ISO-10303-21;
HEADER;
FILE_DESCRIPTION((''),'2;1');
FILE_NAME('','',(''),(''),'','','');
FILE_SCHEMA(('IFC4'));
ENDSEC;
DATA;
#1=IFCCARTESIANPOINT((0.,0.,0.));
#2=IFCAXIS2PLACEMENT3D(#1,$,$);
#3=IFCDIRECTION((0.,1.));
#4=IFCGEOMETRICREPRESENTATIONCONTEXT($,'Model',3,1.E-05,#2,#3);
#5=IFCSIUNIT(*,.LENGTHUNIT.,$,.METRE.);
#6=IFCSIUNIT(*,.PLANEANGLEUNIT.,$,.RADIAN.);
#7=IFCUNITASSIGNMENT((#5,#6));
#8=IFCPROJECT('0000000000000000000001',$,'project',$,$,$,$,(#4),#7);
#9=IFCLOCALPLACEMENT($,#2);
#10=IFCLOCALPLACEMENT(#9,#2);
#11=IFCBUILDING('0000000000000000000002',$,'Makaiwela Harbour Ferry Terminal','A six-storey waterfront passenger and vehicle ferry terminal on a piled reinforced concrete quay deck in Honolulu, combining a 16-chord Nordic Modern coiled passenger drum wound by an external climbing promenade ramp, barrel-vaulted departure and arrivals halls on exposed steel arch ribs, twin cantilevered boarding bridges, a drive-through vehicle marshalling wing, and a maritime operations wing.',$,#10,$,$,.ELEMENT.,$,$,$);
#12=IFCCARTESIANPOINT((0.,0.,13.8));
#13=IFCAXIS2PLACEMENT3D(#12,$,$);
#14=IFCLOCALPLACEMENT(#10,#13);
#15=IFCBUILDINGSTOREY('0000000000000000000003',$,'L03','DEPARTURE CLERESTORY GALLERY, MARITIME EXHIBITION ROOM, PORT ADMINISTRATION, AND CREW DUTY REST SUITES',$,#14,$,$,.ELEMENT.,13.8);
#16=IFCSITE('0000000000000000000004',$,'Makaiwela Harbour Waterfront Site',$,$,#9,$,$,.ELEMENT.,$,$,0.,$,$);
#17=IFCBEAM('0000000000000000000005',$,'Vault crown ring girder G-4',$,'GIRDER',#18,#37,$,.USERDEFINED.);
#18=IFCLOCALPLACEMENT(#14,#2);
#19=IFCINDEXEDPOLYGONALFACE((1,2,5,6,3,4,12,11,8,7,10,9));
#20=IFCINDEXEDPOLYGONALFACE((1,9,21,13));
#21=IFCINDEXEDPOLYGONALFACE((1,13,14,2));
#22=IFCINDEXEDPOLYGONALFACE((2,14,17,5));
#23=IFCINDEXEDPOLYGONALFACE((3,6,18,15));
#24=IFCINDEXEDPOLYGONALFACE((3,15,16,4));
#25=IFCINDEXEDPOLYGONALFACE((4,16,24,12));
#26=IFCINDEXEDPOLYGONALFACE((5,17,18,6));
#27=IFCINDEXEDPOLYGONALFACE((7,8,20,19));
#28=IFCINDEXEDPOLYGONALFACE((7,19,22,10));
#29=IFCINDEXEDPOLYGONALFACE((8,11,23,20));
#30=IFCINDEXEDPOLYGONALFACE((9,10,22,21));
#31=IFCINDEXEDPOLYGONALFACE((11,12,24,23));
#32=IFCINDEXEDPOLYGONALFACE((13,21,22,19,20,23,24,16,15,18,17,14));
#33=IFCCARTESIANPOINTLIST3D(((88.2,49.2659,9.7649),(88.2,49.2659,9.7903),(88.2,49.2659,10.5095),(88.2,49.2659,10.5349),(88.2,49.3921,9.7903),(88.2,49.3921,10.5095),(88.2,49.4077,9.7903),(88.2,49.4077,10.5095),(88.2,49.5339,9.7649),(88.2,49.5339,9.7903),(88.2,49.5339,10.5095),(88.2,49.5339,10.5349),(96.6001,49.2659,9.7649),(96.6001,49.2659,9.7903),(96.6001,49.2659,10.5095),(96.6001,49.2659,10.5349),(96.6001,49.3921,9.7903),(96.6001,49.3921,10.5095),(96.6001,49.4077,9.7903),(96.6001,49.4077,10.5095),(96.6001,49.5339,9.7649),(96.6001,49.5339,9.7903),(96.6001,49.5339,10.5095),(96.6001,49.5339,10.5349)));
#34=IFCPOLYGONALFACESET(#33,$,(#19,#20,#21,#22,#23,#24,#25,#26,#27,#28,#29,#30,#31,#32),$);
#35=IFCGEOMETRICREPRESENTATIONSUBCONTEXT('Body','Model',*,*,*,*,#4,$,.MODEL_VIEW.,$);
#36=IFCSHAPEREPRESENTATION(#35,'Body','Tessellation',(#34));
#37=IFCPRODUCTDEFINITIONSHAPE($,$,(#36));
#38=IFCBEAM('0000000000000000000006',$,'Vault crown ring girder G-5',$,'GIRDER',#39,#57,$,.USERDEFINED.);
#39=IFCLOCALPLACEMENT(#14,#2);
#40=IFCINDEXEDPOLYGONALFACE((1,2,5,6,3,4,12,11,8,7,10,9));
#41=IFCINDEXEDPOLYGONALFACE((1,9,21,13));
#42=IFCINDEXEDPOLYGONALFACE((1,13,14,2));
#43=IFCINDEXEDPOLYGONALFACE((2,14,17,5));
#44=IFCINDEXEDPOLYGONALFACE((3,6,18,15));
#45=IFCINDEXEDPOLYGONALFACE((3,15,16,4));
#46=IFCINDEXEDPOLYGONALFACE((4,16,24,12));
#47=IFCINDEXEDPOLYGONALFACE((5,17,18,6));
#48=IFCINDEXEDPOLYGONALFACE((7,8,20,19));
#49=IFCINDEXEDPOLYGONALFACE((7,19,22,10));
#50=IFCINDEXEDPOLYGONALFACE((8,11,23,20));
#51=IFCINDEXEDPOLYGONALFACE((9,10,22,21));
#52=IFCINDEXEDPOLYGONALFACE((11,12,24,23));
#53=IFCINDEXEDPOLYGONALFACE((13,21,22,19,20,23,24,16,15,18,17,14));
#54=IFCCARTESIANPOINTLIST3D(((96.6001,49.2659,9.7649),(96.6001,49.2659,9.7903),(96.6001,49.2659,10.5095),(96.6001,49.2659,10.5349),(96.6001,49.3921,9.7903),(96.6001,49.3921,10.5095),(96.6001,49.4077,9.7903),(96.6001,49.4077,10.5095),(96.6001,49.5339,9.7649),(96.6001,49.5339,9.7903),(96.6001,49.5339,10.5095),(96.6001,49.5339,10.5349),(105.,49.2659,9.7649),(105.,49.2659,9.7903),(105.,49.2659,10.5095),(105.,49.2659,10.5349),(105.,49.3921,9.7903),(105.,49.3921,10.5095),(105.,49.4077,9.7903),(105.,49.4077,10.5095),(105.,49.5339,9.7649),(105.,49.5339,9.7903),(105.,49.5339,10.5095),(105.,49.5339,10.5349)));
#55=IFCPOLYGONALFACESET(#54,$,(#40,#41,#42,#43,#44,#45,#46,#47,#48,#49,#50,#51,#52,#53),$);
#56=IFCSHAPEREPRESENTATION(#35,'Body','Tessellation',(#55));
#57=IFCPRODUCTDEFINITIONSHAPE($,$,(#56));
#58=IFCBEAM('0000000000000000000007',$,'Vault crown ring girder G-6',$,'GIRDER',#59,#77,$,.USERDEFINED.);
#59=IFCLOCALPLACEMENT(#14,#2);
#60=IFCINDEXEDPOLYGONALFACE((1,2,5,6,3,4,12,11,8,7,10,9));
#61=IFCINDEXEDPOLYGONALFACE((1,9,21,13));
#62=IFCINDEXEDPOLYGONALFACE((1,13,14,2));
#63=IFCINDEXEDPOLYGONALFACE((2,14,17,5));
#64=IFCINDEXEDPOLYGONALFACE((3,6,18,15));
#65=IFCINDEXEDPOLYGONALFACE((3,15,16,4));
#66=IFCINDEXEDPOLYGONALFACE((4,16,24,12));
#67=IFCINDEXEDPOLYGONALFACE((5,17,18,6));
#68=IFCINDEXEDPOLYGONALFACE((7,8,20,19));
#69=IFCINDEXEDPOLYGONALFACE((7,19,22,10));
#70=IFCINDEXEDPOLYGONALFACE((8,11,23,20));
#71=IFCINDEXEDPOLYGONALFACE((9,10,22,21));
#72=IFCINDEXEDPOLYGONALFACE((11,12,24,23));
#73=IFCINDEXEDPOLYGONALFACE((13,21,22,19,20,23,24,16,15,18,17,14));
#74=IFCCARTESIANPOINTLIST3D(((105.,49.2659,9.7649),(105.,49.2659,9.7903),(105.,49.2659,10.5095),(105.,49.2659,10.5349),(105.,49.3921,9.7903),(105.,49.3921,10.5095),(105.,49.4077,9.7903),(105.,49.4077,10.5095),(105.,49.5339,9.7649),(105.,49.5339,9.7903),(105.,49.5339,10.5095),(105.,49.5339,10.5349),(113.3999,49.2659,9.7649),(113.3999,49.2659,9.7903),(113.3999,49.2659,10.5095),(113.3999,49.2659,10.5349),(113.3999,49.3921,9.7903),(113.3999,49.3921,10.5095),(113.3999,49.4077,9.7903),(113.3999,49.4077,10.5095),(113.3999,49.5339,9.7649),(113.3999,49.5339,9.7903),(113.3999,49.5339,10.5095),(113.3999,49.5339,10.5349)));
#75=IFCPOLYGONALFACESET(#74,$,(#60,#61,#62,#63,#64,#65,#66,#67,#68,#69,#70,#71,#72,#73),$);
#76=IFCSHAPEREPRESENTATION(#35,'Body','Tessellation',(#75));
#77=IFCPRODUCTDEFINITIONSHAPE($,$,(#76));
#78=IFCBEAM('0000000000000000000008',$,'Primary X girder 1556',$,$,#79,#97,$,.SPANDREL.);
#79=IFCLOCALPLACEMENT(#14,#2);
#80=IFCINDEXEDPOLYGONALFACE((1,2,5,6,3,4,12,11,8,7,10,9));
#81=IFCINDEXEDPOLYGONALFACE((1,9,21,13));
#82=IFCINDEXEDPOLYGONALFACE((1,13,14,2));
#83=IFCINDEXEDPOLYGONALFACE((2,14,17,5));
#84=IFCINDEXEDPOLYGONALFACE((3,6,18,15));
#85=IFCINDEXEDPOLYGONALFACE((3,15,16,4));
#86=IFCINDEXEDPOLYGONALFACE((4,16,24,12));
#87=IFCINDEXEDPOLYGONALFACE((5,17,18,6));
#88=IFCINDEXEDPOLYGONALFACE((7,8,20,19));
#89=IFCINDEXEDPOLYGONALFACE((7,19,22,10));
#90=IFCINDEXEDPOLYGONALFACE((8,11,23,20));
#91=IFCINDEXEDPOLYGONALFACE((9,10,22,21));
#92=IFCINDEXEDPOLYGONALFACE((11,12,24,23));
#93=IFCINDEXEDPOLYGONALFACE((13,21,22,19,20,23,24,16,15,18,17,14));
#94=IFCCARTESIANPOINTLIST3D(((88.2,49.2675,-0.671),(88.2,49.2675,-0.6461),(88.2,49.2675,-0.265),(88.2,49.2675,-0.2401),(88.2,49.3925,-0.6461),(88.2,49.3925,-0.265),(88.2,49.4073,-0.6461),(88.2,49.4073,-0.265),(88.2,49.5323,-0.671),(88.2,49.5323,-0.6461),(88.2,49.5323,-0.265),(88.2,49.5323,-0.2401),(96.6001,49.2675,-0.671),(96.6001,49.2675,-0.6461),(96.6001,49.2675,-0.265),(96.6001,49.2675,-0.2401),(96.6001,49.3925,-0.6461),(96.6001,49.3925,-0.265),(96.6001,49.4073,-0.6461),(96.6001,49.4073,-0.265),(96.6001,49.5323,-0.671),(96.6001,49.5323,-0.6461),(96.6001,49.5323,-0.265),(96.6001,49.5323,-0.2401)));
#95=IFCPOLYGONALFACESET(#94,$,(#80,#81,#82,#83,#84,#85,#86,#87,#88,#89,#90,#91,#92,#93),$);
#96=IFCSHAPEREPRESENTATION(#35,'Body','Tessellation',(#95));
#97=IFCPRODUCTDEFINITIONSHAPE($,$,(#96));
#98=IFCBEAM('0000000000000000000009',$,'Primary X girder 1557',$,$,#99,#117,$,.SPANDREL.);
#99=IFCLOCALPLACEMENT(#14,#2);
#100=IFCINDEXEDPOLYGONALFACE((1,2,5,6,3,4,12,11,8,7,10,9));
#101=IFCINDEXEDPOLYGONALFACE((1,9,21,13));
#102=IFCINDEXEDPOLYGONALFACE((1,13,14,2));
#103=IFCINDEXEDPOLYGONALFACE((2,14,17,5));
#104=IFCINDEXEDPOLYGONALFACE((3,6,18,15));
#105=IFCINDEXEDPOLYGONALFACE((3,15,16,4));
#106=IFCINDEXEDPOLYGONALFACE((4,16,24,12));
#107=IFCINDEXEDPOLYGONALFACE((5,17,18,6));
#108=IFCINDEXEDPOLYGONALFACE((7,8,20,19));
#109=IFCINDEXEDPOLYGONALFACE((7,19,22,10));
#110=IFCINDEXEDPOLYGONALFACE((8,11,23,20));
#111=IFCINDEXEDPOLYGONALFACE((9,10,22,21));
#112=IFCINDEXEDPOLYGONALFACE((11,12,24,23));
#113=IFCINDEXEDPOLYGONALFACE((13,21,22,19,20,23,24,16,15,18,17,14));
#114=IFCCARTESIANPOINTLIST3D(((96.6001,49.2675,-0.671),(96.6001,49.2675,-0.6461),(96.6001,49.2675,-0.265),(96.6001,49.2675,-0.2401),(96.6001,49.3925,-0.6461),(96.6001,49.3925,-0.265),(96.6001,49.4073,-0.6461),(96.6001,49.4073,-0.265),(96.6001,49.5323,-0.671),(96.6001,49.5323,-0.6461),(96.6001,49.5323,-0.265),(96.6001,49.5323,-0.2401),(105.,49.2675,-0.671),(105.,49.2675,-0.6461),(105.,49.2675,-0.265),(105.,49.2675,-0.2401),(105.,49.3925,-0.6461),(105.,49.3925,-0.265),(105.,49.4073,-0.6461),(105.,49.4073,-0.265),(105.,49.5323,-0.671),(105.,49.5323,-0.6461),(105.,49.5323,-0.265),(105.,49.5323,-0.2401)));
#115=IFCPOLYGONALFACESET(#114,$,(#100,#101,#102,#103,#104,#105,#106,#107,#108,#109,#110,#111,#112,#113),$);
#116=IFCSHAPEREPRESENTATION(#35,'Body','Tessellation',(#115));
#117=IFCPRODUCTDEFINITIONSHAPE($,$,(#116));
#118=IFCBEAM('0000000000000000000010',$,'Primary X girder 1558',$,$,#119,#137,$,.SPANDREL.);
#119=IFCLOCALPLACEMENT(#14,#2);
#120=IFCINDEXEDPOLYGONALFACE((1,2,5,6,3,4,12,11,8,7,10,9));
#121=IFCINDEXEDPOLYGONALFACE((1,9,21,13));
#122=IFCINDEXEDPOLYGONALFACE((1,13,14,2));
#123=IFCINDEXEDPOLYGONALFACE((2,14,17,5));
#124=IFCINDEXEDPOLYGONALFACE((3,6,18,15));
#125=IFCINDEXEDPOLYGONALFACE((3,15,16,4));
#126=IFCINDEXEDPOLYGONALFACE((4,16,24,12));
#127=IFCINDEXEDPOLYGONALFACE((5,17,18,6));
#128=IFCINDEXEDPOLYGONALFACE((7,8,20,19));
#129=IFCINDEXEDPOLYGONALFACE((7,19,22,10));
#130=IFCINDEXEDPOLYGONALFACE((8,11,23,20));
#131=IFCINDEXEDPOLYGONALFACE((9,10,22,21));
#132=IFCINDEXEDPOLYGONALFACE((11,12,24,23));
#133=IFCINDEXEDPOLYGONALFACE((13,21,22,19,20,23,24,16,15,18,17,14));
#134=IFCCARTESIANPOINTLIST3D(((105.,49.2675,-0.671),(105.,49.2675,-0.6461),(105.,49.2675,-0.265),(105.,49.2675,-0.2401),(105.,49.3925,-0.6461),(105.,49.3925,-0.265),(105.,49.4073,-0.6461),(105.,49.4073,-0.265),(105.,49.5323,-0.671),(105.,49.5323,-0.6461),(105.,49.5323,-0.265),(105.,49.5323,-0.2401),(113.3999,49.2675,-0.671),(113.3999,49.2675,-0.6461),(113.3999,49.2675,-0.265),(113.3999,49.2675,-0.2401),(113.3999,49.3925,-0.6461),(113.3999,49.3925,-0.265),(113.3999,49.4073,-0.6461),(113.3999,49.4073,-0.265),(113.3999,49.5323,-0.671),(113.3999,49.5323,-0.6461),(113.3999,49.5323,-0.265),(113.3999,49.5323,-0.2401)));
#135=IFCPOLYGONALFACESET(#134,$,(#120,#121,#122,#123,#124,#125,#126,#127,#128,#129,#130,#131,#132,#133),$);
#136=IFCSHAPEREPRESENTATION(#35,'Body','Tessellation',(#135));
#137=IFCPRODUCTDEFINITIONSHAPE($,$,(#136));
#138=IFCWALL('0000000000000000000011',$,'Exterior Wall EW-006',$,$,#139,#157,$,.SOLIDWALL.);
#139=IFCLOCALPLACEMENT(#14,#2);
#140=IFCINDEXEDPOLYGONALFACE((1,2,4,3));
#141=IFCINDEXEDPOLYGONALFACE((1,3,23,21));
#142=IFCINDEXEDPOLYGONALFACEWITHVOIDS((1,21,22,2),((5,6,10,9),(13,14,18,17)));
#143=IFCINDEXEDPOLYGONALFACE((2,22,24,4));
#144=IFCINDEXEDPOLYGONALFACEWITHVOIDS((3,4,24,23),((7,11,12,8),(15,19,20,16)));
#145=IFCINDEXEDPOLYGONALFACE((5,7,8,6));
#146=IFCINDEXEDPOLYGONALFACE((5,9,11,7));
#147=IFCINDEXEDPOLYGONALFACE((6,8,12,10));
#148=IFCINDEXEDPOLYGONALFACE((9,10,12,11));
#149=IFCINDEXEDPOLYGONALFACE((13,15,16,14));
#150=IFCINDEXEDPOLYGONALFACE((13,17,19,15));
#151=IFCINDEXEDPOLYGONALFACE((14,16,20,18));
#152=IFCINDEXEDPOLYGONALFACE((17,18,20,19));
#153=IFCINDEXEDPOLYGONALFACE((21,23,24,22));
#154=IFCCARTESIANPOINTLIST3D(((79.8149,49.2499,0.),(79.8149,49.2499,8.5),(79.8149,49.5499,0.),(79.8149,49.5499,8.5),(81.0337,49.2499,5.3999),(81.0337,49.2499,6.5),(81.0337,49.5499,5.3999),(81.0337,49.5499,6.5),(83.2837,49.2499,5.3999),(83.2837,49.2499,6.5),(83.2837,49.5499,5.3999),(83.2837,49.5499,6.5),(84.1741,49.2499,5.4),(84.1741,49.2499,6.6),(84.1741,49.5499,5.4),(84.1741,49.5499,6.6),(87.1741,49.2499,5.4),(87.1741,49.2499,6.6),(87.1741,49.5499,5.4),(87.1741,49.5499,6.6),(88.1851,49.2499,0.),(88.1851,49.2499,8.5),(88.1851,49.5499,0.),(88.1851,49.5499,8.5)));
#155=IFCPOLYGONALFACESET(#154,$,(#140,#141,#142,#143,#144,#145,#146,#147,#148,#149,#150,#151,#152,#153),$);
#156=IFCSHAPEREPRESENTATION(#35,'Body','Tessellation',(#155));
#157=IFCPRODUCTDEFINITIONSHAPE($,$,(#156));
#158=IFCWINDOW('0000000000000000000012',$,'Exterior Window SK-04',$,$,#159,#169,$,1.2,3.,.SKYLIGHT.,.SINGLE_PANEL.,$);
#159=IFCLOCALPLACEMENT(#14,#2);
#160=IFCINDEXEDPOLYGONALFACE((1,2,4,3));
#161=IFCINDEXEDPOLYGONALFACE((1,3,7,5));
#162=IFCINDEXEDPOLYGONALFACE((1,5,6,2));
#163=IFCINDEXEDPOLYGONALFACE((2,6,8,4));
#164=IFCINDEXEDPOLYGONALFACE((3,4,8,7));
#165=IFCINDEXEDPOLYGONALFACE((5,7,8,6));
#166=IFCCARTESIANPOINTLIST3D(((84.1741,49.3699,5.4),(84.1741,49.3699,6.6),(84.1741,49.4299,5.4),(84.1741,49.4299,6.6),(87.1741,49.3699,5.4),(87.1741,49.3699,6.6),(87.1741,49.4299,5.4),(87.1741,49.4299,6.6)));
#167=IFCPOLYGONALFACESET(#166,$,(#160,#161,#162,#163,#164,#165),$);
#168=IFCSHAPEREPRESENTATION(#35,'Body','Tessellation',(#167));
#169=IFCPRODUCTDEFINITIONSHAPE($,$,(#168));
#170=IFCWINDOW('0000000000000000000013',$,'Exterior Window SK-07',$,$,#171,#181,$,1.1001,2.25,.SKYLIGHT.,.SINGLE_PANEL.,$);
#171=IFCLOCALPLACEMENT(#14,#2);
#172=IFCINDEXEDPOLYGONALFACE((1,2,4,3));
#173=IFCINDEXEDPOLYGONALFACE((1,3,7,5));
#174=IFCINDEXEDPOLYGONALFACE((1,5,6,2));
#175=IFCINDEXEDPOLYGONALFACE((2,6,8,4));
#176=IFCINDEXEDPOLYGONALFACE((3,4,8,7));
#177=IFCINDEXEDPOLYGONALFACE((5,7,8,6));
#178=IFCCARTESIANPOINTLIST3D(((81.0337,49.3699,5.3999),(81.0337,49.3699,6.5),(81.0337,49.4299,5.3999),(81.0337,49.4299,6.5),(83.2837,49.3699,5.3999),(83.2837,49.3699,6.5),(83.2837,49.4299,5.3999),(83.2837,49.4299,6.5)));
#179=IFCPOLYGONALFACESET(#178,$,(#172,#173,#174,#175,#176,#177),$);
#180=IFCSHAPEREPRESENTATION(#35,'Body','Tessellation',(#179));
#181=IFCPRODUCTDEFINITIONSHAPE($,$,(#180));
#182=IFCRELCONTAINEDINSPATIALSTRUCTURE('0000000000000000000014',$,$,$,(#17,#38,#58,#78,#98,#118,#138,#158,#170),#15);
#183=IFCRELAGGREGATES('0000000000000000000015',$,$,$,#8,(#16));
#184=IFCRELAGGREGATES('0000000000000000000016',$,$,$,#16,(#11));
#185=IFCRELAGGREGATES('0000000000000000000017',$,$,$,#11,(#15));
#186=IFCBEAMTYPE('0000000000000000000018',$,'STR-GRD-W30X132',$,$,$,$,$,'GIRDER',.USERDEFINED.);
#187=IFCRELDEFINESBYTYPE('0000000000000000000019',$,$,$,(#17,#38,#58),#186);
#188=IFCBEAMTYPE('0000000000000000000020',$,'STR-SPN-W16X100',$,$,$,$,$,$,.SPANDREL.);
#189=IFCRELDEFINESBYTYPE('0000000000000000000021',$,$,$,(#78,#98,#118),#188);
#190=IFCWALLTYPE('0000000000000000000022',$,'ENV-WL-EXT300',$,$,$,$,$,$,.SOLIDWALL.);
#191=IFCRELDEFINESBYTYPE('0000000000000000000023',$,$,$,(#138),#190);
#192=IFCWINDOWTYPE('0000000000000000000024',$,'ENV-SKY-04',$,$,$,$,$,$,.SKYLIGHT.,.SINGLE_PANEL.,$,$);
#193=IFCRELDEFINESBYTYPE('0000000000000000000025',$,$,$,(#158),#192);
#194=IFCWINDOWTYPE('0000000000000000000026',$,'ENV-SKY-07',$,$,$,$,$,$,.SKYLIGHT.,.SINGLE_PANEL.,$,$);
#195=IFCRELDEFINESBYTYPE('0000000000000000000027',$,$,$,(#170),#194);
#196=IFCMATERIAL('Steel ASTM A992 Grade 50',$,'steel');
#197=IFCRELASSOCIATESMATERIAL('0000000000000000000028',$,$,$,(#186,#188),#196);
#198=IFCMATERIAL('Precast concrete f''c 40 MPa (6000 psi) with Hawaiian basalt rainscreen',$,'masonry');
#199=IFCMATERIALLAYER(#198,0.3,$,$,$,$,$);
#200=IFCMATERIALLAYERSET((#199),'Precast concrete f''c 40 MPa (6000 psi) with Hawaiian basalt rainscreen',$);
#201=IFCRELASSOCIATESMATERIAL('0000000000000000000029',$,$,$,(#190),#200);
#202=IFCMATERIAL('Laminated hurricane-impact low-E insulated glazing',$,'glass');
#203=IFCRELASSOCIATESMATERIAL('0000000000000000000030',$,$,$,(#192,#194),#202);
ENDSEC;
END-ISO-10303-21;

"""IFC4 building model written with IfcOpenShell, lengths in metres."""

from ifc_helpers import new_model, si_unit, direction, frame, frame_2d, origin, origin_2d, place, context, subcontext, project, spatial, rectangle, i_section, extrude, material, layer, layer_set, material_profile, profile_set, type_object, element, fill, save


model = new_model("IFC4")

# Units and contexts
model_context = context("Model", 3, precision=1e-05, world=origin(), true_north=direction((0.0, 1.0)))
body_context = subcontext(model_context, "Body", "Model", "MODEL_VIEW")
ifc_project = project(units=[si_unit("LENGTHUNIT", "METRE"), si_unit("PLANEANGLEUNIT", "RADIAN")], contexts=[model_context])

# Site, building, storey
site_placement = place(None, origin())
site = spatial("IfcSite", under=ifc_project, at=site_placement, Name="Makaiwela Harbour Waterfront Site", CompositionType="ELEMENT", RefElevation=0.0)
building_placement = place(site_placement, origin())
building = spatial("IfcBuilding", under=site, at=building_placement, Name="Makaiwela Harbour Ferry Terminal", Description="A six-storey waterfront passenger and vehicle ferry terminal on a piled reinforced concrete quay deck in Honolulu, combining a 16-chord Nordic Modern coiled passenger drum wound by an external climbing promenade ramp, barrel-vaulted departure and arrivals halls on exposed steel arch ribs, twin cantilevered boarding bridges, a drive-through vehicle marshalling wing, and a maritime operations wing.", CompositionType="ELEMENT")
storey_placement = place(building_placement, frame((0.0, 0.0, 13.8)))
storey = spatial("IfcBuildingStorey", under=building, at=storey_placement, Name="L03", Description="DEPARTURE CLERESTORY GALLERY, MARITIME EXHIBITION ROOM, PORT ADMINISTRATION, AND CREW DUTY REST SUITES", CompositionType="ELEMENT", Elevation=13.8)

# Shared definitions
ifc_material_1 = material(Name="Steel ASTM A992 Grade 50", Category="steel")

# Beams
ifc_material_profile_1 = material_profile(ifc_material_1, i_section(OverallWidth=0.2681, OverallDepth=0.77, WebThickness=0.0156, FlangeThickness=0.0254, at=origin_2d()), Name="W30X132")
ifc_profile_set_1 = profile_set([ifc_material_profile_1], Name="Steel ASTM A992 Grade 50")
beam_type_1 = type_object("IfcBeamType", Name="STR-GRD-W30X132", ElementType="GIRDER", PredefinedType="USERDEFINED", material=ifc_profile_set_1)
beam_1_placement = place(storey_placement, frame((88.2, 49.3999, 10.1499), z_axis=(1.0, 0.0, 0.0), x_axis=(0.0, 1.0, 0.0)))
element("IfcBeam", 1, at=beam_1_placement, inside=storey, type_object=beam_type_1, Name="Vault crown ring girder G-4", ObjectType="GIRDER", PredefinedType="USERDEFINED", context=body_context, shape_type="SweptSolid", body=[
    extrude(i_section(OverallWidth=0.2681, OverallDepth=0.77, WebThickness=0.0156, FlangeThickness=0.0254, at=origin_2d()), origin(), (0.0, 0.0, 1.0), 8.4001),
])
for number, where, z_axis, x_axis, name in (
    (2, (96.6001, 49.3999, 10.1499), (1.0, 0.0, 0.0), (0.0, 1.0, 0.0), "Vault crown ring girder G-5"),
    (3, (105.0, 49.3999, 10.1499), (1.0, 0.0, 0.0), (0.0, 1.0, 0.0), "Vault crown ring girder G-6"),
):
    element("IfcBeam", number, at=place(storey_placement, frame(where, z_axis=z_axis, x_axis=x_axis)), inside=storey, type_object=beam_type_1, Name=name, ObjectType="GIRDER", PredefinedType="USERDEFINED", context=body_context, shape_type="SweptSolid", body=[
        extrude(i_section(OverallWidth=0.2681, OverallDepth=0.77, WebThickness=0.0156, FlangeThickness=0.0254, at=origin_2d()), origin(), (0.0, 0.0, 1.0), 8.3999),
    ])
ifc_material_profile_2 = material_profile(ifc_material_1, i_section(OverallWidth=0.2649, OverallDepth=0.4309, WebThickness=0.0149, FlangeThickness=0.0249, at=origin_2d()), Name="W16X100")
ifc_profile_set_2 = profile_set([ifc_material_profile_2], Name="Steel ASTM A992 Grade 50")
beam_type_2 = type_object("IfcBeamType", Name="STR-SPN-W16X100", PredefinedType="SPANDREL", material=ifc_profile_set_2)
beam_2_placement = place(storey_placement, frame((88.2, 49.3999, -0.4556), z_axis=(1.0, 0.0, 0.0), x_axis=(0.0, 1.0, 0.0)))
element("IfcBeam", 4, at=beam_2_placement, inside=storey, type_object=beam_type_2, Name="Primary X girder 1556", PredefinedType="SPANDREL", context=body_context, shape_type="SweptSolid", body=[
    extrude(i_section(OverallWidth=0.2649, OverallDepth=0.4309, WebThickness=0.0149, FlangeThickness=0.0249, at=origin_2d()), origin(), (0.0, 0.0, 1.0), 8.4001),
])
for number, where, z_axis, x_axis, name in (
    (5, (96.6001, 49.3999, -0.4556), (1.0, 0.0, 0.0), (0.0, 1.0, 0.0), "Primary X girder 1557"),
    (6, (105.0, 49.3999, -0.4556), (1.0, 0.0, 0.0), (0.0, 1.0, 0.0), "Primary X girder 1558"),
):
    element("IfcBeam", number, at=place(storey_placement, frame(where, z_axis=z_axis, x_axis=x_axis)), inside=storey, type_object=beam_type_2, Name=name, PredefinedType="SPANDREL", context=body_context, shape_type="SweptSolid", body=[
        extrude(i_section(OverallWidth=0.2649, OverallDepth=0.4309, WebThickness=0.0149, FlangeThickness=0.0249, at=origin_2d()), origin(), (0.0, 0.0, 1.0), 8.3999),
    ])

# Wall, openings, windows
ifc_material_2 = material(Name="Precast concrete f'c 40 MPa (6000 psi) with Hawaiian basalt rainscreen", Category="masonry")
ifc_layer = layer(ifc_material_2, 0.3)
ifc_layer_set = layer_set([ifc_layer], Name="Precast concrete f'c 40 MPa (6000 psi) with Hawaiian basalt rainscreen")
wall_type = type_object("IfcWallType", Name="ENV-WL-EXT300", PredefinedType="SOLIDWALL", material=ifc_layer_set)
wall_1_placement = place(storey_placement, frame((88.1851, 49.3999, 0.0), z_axis=(0.0, 0.0, 1.0), x_axis=(-1.0, 0.0, 0.0)))
wall_1 = element("IfcWall", 7, at=wall_1_placement, inside=storey, type_object=wall_type, Name="Exterior Wall EW-006", PredefinedType="SOLIDWALL", context=body_context, shape_type="SweptSolid", body=[
    extrude(rectangle(XDim=8.3701, YDim=0.3, at=frame_2d((4.1851, 0.0))), origin(), (0.0, 0.0, 1.0), 8.5),
])
opening_1_placement = place(wall_1_placement, frame((1.011, 0.0, 5.3999)))
opening_1 = element("IfcOpeningElement", 8, at=opening_1_placement, cuts=wall_1, PredefinedType="OPENING", context=body_context, shape_type="SweptSolid", body=[
    extrude(rectangle(XDim=3.0, YDim=1.2, at=frame_2d((1.5, 0.6001))), frame((0.0, 0.1599, 0.0), z_axis=(0.0, -1.0, 0.0), x_axis=(1.0, 0.0, 0.0)), (0.0, 0.0, 1.0), 0.3201),
])
opening_2_placement = place(wall_1_placement, frame((4.9014, 0.0, 5.3999)))
opening_2 = element("IfcOpeningElement", 9, at=opening_2_placement, cuts=wall_1, PredefinedType="OPENING", context=body_context, shape_type="SweptSolid", body=[
    extrude(rectangle(XDim=2.25, YDim=1.1001, at=frame_2d((1.125, 0.55))), frame((0.0, 0.1599, 0.0), z_axis=(0.0, -1.0, 0.0), x_axis=(1.0, 0.0, 0.0)), (0.0, 0.0, 1.0), 0.3201),
])
ifc_material_3 = material(Name="Laminated hurricane-impact low-E insulated glazing", Category="glass")
window_type_1 = type_object("IfcWindowType", Name="ENV-SKY-04", PartitioningType="SINGLE_PANEL", PredefinedType="SKYLIGHT", material=ifc_material_3)
window_1_placement = place(opening_1_placement, origin())
window_1 = element("IfcWindow", 10, at=window_1_placement, inside=storey, type_object=window_type_1, Name="Exterior Window SK-04", OverallHeight=1.2, OverallWidth=3.0, PartitioningType="SINGLE_PANEL", PredefinedType="SKYLIGHT", context=body_context, shape_type="SweptSolid", body=[
    extrude(rectangle(XDim=3.0, YDim=1.2, at=frame_2d((1.5, 0.6001))), frame((0.0, 0.03, 0.0), z_axis=(0.0, -1.0, 0.0), x_axis=(1.0, 0.0, 0.0)), (0.0, 0.0, 1.0), 0.0601),
])
fill(opening_1, window_1)
window_type_2 = type_object("IfcWindowType", Name="ENV-SKY-07", PartitioningType="SINGLE_PANEL", PredefinedType="SKYLIGHT", material=ifc_material_3)
window_2_placement = place(opening_2_placement, origin())
window_2 = element("IfcWindow", 11, at=window_2_placement, inside=storey, type_object=window_type_2, Name="Exterior Window SK-07", OverallHeight=1.1001, OverallWidth=2.25, PartitioningType="SINGLE_PANEL", PredefinedType="SKYLIGHT", context=body_context, shape_type="SweptSolid", body=[
    extrude(rectangle(XDim=2.25, YDim=1.1001, at=frame_2d((1.125, 0.55))), frame((0.0, 0.03, 0.0), z_axis=(0.0, -1.0, 0.0), x_axis=(1.0, 0.0, 0.0)), (0.0, 0.0, 1.0), 0.0601),
])
fill(opening_2, window_2)

save(model, "model.ifc")
